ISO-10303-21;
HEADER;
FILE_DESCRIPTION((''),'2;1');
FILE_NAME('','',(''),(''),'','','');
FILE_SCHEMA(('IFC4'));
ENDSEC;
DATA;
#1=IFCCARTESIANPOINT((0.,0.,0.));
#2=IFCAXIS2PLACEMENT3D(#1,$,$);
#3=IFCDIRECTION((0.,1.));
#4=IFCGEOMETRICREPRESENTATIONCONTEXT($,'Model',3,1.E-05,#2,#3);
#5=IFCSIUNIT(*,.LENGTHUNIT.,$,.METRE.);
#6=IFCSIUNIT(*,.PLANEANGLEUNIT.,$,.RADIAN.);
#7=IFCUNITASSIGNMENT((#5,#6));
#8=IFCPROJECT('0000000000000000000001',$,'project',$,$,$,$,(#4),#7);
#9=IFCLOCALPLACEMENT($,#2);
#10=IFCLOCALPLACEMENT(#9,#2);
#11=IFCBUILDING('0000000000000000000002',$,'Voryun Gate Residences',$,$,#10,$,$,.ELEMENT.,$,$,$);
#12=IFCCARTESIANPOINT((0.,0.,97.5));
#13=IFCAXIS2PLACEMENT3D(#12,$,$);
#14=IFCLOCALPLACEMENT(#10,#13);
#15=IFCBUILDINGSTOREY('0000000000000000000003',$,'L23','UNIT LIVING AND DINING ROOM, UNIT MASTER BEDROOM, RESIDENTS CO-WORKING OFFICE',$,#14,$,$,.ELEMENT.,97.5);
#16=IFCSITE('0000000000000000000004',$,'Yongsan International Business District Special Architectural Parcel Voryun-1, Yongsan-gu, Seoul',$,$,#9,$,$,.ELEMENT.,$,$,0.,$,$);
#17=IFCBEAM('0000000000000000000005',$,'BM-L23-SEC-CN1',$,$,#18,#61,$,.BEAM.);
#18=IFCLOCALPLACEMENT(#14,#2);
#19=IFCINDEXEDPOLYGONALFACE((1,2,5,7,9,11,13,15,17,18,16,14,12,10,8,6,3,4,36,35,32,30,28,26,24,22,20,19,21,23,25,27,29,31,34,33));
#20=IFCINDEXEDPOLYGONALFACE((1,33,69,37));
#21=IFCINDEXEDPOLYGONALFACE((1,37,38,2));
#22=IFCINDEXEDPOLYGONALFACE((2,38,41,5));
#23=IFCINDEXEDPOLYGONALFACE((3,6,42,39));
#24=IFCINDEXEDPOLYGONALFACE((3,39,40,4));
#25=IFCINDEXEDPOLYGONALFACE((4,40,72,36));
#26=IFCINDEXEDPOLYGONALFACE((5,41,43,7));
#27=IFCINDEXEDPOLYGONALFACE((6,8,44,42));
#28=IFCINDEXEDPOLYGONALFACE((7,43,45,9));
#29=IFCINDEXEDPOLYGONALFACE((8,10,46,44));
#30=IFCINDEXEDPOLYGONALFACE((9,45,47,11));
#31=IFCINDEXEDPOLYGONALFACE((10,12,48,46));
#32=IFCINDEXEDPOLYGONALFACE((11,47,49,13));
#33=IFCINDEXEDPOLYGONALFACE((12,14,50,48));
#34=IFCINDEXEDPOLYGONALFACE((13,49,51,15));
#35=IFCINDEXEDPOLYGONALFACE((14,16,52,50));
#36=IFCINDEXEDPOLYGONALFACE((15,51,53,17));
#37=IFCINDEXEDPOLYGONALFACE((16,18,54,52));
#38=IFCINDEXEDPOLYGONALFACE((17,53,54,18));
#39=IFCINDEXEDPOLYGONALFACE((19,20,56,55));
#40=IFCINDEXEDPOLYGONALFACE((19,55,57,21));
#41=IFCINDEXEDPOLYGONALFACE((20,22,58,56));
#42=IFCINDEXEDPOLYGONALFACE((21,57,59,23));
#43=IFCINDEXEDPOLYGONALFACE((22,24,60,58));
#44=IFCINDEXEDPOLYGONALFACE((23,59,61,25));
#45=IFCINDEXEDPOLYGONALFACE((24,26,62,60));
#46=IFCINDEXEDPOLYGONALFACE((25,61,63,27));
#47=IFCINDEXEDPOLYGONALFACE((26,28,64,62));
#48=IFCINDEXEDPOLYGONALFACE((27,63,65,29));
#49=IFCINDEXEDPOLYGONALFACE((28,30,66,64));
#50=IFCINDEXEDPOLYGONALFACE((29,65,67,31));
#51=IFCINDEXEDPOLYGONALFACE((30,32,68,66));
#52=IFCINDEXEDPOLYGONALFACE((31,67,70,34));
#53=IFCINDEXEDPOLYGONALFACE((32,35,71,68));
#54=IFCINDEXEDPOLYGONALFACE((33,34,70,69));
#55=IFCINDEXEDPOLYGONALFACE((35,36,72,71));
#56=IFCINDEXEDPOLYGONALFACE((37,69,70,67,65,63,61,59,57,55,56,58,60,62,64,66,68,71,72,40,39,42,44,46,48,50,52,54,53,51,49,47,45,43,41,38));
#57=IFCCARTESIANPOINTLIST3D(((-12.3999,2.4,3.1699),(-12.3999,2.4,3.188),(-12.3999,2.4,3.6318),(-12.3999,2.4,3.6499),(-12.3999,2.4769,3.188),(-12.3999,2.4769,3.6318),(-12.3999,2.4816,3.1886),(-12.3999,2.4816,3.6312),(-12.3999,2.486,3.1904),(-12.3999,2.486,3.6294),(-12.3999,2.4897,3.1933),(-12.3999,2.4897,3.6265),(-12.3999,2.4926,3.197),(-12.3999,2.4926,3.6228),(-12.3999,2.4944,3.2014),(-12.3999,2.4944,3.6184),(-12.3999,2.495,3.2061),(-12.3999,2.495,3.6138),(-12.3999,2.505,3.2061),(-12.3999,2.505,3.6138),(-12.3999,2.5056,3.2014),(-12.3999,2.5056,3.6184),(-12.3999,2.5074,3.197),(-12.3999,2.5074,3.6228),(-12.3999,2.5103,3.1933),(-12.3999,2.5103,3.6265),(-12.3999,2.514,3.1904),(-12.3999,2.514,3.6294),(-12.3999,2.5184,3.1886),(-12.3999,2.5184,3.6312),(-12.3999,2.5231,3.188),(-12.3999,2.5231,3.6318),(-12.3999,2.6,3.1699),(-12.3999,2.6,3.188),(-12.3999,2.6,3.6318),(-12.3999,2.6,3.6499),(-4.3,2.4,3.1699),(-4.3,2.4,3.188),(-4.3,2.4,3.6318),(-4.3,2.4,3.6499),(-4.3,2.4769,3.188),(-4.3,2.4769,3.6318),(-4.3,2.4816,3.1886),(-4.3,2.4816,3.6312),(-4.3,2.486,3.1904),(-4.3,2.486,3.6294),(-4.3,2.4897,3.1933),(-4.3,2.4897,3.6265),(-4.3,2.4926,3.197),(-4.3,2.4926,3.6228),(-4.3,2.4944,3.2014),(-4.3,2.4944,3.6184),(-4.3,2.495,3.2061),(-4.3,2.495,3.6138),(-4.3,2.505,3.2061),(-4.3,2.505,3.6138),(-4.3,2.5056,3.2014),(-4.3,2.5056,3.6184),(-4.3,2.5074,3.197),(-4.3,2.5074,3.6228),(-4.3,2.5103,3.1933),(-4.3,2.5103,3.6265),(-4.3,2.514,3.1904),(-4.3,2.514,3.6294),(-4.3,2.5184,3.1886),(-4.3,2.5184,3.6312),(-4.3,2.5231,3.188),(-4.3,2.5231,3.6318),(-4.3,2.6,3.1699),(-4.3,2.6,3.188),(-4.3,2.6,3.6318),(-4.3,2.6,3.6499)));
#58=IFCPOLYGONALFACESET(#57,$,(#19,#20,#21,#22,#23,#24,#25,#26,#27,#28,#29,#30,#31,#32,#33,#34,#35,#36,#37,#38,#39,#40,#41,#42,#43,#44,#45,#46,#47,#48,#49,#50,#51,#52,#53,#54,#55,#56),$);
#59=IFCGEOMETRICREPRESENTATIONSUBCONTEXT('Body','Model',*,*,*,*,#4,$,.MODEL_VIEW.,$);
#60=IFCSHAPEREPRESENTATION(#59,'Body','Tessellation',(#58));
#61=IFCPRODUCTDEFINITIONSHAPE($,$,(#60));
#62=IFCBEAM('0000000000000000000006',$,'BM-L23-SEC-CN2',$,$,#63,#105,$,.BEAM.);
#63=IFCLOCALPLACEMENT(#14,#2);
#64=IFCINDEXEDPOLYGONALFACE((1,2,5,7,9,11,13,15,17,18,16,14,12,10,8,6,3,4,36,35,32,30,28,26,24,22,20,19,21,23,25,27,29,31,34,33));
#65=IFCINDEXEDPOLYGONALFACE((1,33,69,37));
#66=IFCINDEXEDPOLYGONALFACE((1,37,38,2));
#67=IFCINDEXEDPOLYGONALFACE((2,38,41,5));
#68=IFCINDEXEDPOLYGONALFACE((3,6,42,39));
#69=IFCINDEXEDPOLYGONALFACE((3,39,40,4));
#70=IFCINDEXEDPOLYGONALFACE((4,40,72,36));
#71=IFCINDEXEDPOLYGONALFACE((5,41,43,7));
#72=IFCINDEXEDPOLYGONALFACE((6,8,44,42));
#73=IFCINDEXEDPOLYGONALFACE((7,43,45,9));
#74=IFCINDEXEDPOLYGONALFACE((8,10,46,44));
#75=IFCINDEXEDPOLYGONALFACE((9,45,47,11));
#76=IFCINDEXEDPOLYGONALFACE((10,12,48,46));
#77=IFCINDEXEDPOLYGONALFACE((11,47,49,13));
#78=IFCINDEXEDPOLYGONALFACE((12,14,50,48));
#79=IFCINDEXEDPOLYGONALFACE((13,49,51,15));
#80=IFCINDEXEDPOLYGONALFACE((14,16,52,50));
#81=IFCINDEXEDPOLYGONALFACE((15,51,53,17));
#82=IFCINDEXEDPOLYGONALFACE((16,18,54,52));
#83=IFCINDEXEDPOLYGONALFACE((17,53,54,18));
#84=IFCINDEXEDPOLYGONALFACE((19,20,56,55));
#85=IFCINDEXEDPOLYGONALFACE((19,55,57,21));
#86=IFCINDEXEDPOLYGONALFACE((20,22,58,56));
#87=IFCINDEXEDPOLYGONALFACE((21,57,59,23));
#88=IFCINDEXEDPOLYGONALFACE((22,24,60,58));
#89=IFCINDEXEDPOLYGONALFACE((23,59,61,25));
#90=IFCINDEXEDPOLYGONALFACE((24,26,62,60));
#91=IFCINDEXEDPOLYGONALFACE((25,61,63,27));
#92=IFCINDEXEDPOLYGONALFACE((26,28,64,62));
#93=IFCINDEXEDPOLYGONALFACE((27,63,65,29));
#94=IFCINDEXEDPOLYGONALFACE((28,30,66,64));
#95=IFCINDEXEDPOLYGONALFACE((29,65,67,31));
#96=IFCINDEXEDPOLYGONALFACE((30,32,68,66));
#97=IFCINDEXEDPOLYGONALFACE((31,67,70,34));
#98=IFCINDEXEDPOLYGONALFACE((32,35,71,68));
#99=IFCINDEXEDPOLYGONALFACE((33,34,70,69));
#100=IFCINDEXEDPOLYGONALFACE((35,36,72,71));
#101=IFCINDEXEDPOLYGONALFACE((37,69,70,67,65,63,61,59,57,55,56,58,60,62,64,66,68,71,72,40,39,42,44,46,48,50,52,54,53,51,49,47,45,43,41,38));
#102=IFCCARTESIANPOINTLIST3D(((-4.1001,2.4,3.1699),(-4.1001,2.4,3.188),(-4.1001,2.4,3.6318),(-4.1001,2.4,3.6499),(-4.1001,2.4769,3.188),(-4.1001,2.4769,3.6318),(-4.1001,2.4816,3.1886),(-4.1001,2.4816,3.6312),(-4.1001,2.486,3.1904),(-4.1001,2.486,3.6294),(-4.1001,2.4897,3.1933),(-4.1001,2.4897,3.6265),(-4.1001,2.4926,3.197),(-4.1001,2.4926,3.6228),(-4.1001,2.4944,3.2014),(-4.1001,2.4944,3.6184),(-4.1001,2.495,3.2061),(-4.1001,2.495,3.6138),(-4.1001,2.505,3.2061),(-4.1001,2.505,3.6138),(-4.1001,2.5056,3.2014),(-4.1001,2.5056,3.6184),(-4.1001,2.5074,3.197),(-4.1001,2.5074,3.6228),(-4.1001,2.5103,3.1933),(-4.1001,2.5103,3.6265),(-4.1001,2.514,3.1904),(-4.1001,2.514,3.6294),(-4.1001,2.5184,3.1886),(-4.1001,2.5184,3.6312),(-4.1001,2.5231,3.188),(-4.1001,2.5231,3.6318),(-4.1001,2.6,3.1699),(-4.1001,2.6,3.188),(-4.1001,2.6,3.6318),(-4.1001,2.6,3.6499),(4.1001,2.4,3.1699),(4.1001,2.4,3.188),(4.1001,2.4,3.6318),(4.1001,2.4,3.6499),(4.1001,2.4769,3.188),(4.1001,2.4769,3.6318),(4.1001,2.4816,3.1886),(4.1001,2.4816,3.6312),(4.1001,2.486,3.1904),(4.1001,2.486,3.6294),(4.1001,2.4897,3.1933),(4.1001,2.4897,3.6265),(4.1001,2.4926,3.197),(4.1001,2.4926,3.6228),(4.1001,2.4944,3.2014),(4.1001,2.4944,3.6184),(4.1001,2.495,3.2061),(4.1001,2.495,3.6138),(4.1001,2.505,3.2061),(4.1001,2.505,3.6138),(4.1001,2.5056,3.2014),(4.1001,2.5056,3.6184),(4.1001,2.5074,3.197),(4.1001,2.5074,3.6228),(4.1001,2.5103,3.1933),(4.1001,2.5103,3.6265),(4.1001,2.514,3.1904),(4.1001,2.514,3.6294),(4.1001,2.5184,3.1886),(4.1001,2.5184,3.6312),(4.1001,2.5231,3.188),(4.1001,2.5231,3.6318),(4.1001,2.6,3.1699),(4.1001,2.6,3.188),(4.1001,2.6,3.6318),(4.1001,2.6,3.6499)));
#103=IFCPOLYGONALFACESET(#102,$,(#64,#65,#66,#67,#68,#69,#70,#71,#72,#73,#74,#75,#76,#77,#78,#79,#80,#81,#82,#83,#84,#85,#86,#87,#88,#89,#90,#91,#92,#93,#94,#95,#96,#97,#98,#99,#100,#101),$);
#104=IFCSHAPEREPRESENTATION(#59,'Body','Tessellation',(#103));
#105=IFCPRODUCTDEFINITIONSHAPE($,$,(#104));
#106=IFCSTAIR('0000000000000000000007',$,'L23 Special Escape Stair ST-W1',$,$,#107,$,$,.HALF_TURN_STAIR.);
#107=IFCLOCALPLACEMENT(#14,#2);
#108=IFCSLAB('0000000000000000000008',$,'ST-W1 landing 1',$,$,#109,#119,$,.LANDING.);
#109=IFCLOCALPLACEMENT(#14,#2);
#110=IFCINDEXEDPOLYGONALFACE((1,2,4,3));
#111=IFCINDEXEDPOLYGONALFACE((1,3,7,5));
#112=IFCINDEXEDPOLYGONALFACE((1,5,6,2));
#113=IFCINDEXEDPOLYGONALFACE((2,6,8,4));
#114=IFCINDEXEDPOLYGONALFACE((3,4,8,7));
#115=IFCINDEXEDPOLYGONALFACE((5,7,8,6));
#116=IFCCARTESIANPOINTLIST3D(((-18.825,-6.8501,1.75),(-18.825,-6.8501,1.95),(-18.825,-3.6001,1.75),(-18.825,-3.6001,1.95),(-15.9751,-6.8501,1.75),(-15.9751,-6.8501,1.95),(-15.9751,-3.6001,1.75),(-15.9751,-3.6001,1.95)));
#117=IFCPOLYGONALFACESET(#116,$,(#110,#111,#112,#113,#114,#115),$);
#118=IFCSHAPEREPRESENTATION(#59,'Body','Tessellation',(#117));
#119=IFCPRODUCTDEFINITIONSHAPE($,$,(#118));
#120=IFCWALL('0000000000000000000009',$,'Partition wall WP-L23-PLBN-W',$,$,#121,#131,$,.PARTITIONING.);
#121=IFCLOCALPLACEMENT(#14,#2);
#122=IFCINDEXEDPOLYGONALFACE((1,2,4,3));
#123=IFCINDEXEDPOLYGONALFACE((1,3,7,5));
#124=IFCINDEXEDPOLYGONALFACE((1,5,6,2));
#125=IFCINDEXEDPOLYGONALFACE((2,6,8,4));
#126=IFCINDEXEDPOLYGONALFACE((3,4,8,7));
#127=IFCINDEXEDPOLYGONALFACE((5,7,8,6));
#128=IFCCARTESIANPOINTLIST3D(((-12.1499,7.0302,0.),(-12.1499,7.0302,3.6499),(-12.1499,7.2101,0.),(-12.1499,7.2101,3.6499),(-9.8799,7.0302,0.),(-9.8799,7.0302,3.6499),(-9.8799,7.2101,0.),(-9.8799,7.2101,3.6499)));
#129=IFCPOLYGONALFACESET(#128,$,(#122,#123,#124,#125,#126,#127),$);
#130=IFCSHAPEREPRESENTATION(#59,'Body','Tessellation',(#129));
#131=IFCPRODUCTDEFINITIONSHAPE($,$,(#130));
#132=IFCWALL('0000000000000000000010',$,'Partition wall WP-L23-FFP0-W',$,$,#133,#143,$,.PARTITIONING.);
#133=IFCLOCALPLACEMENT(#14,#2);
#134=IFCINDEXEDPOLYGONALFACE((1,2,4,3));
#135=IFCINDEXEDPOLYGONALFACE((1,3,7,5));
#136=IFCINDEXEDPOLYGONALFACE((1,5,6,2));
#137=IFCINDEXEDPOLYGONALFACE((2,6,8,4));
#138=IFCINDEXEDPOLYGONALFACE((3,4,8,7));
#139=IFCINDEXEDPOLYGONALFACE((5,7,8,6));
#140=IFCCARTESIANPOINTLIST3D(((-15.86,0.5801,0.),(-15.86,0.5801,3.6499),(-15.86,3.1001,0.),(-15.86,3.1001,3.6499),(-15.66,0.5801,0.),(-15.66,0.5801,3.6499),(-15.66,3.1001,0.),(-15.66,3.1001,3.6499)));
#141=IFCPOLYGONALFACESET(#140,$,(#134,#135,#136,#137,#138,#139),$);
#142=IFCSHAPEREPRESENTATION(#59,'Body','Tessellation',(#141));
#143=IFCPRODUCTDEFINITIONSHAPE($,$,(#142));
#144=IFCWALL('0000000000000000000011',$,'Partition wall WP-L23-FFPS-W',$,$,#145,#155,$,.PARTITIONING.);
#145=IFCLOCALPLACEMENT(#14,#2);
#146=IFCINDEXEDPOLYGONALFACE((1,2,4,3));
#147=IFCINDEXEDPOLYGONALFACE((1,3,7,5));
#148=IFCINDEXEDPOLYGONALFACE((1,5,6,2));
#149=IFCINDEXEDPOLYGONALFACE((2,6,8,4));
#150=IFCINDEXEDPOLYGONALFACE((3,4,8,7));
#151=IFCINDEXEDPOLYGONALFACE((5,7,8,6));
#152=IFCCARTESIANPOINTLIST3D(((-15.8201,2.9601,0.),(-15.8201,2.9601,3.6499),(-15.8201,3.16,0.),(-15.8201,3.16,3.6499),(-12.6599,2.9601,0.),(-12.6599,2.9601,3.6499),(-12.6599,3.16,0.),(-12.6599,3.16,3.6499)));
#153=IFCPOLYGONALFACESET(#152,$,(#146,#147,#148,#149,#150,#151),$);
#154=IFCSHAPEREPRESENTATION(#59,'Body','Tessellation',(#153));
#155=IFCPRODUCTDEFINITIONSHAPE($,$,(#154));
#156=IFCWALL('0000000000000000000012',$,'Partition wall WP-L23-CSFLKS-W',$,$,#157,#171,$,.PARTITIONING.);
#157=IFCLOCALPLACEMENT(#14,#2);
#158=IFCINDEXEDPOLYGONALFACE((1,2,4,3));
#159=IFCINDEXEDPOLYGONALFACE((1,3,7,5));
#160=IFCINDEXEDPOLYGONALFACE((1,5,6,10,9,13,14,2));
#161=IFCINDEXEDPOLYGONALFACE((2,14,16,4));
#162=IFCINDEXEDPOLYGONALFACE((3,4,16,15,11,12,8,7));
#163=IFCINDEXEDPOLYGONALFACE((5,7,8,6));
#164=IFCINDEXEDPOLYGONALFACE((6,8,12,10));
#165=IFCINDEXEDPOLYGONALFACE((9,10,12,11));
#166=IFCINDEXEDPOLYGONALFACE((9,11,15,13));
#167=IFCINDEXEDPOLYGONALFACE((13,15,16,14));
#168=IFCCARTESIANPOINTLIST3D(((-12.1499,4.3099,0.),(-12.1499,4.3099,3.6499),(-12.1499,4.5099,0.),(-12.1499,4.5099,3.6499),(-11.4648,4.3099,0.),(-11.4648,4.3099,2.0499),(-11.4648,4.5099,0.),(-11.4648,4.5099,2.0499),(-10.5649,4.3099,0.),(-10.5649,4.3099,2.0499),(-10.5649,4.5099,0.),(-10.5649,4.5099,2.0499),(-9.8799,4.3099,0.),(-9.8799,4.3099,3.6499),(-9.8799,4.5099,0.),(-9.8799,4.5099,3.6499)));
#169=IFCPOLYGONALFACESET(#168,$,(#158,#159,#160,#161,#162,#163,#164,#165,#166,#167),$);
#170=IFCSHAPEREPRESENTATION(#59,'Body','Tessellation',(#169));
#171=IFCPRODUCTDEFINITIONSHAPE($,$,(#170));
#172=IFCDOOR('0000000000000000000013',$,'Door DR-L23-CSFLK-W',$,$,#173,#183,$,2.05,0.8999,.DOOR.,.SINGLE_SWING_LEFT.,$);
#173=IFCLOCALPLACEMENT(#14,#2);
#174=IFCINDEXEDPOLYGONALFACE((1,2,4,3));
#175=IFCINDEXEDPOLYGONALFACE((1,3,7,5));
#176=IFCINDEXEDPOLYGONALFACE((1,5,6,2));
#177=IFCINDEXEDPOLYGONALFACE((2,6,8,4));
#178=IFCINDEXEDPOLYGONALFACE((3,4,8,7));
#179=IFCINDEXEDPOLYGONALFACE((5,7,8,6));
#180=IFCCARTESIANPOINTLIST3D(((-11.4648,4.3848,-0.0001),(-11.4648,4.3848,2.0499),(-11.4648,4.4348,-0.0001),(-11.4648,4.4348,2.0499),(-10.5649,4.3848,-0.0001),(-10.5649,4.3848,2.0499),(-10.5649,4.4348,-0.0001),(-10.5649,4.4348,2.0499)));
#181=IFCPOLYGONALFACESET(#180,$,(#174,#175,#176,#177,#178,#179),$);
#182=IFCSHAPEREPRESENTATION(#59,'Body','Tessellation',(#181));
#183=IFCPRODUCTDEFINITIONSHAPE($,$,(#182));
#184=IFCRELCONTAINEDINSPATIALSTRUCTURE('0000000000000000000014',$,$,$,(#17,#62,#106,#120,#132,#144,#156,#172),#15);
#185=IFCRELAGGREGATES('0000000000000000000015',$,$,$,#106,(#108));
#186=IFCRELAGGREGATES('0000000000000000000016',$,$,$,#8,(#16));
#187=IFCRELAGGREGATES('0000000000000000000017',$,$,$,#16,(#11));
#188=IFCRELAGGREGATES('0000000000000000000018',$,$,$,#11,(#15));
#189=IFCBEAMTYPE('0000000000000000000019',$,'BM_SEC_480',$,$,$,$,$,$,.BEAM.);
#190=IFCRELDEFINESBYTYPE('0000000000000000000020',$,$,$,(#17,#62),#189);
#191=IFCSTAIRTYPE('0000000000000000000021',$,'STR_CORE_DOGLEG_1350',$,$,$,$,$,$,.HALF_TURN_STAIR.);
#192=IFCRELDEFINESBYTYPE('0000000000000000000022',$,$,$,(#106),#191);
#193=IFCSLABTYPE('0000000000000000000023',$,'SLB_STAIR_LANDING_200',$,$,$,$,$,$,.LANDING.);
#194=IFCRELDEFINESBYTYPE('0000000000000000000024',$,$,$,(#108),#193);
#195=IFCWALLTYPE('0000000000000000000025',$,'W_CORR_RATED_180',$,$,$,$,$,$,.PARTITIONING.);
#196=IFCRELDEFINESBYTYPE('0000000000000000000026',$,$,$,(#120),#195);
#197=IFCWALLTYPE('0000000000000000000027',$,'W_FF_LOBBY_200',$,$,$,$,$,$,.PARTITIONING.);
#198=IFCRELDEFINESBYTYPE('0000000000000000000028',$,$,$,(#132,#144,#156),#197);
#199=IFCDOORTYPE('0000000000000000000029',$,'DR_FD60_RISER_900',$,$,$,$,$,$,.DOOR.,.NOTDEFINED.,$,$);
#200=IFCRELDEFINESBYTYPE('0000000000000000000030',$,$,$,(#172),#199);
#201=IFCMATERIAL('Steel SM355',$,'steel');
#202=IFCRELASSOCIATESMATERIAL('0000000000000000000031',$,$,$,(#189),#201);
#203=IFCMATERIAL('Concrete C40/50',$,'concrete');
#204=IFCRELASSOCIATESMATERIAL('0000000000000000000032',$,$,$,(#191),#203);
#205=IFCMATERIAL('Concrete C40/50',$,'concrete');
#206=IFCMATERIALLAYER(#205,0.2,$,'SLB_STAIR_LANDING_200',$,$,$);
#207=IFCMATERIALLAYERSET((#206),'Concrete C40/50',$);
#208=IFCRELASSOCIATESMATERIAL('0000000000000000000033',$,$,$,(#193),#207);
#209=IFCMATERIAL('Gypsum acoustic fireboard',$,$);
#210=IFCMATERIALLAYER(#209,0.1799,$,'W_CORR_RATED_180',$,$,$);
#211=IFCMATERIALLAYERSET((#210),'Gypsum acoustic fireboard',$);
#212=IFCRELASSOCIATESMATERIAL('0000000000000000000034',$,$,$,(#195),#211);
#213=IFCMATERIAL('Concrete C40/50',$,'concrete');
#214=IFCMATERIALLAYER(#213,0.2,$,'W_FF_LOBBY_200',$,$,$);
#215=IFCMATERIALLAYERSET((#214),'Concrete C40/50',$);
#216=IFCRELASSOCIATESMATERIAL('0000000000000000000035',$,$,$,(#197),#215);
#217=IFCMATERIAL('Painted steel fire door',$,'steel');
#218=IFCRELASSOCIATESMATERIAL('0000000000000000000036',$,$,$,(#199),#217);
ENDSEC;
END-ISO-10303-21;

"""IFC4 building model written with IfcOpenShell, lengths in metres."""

from ifc_helpers import new_model, si_unit, direction, frame, frame_2d, origin, origin_2d, place, context, subcontext, project, spatial, polyline, rectangle, i_section, outline, extrude, material, layer, layer_set, material_profile, profile_set, type_object, element, fill, aggregate, save


model = new_model("IFC4")

# Units and contexts
model_context = context("Model", 3, precision=1e-05, world=origin(), true_north=direction((0.0, 1.0)))
body_context = subcontext(model_context, "Body", "Model", "MODEL_VIEW")
ifc_project = project(units=[si_unit("LENGTHUNIT", "METRE"), si_unit("PLANEANGLEUNIT", "RADIAN")], contexts=[model_context])

# Site, building, storey
site_placement = place(None, origin())
site = spatial("IfcSite", under=ifc_project, at=site_placement, Name="Yongsan International Business District Special Architectural Parcel Voryun-1, Yongsan-gu, Seoul", CompositionType="ELEMENT", RefElevation=0.0)
building_placement = place(site_placement, origin())
building = spatial("IfcBuilding", under=site, at=building_placement, Name="Voryun Gate Residences", CompositionType="ELEMENT")
storey_placement = place(building_placement, frame((0.0, 0.0, 97.5)))
storey = spatial("IfcBuildingStorey", under=building, at=storey_placement, Name="L23", Description="UNIT LIVING AND DINING ROOM, UNIT MASTER BEDROOM, RESIDENTS CO-WORKING OFFICE", CompositionType="ELEMENT", Elevation=97.5)

# Beams
ifc_material_1 = material(Name="Steel SM355", Category="steel")
ifc_material_profile_1 = material_profile(ifc_material_1, i_section(OverallWidth=0.2, OverallDepth=0.48, WebThickness=0.01, FlangeThickness=0.0181, FilletRadius=0.0181, at=origin_2d()), Name="H-480x200x10x18")
ifc_profile_set_1 = profile_set([ifc_material_profile_1], Name="Steel SM355")
beam_type_1 = type_object("IfcBeamType", Name="BM_SEC_480", PredefinedType="BEAM", material=ifc_profile_set_1)
beam_1_placement = place(storey_placement, frame((-12.3999, 2.5, 3.4099), z_axis=(1.0, 0.0, 0.0), x_axis=(0.0, 1.0, 0.0)))
element("IfcBeam", 1, at=beam_1_placement, inside=storey, type_object=beam_type_1, Name="BM-L23-SEC-CN1", PredefinedType="BEAM", context=body_context, shape_type="SweptSolid", body=[
    extrude(i_section(OverallWidth=0.2, OverallDepth=0.48, WebThickness=0.01, FlangeThickness=0.0181, FilletRadius=0.0181, at=origin_2d()), origin(), (0.0, 0.0, 1.0), 8.0999),
])
beam_2_placement = place(storey_placement, frame((-4.1001, 2.5, 3.4099), z_axis=(1.0, 0.0, 0.0), x_axis=(0.0, 1.0, 0.0)))
element("IfcBeam", 2, at=beam_2_placement, inside=storey, type_object=beam_type_1, Name="BM-L23-SEC-CN2", PredefinedType="BEAM", context=body_context, shape_type="SweptSolid", body=[
    extrude(i_section(OverallWidth=0.2, OverallDepth=0.48, WebThickness=0.01, FlangeThickness=0.0181, FilletRadius=0.0181, at=origin_2d()), origin(), (0.0, 0.0, 1.0), 8.2002),
])

# Stair, slab
ifc_material_2 = material(Name="Concrete C40/50", Category="concrete")
stair_type = type_object("IfcStairType", Name="STR_CORE_DOGLEG_1350", PredefinedType="HALF_TURN_STAIR", material=ifc_material_2)
stair_placement = place(storey_placement, origin())
stair = element("IfcStair", 3, at=stair_placement, inside=storey, type_object=stair_type, Name="L23 Special Escape Stair ST-W1", PredefinedType="HALF_TURN_STAIR")
ifc_material_3 = material(Name="Concrete C40/50", Category="concrete")
ifc_layer_1 = layer(ifc_material_3, 0.2, Name="SLB_STAIR_LANDING_200")
ifc_layer_set_1 = layer_set([ifc_layer_1], Name="Concrete C40/50")
slab_type = type_object("IfcSlabType", Name="SLB_STAIR_LANDING_200", PredefinedType="LANDING", material=ifc_layer_set_1)
slab_placement = place(storey_placement, frame((0.0, 0.0, 1.75)))
slab = element("IfcSlab", 4, at=slab_placement, type_object=slab_type, Name="ST-W1 landing 1", PredefinedType="LANDING", context=body_context, shape_type="SweptSolid", body=[
    extrude(outline(polyline([(-18.825, -3.6001), (-18.825, -6.8501), (-15.9751, -6.8501), (-15.9751, -3.6001), (-18.825, -3.6001)])), origin(), (0.0, 0.0, 1.0), 0.2),
])
aggregate(stair, [slab])

# Walls
ifc_material_4 = material(Name="Gypsum acoustic fireboard")
ifc_layer_2 = layer(ifc_material_4, 0.1799, Name="W_CORR_RATED_180")
ifc_layer_set_2 = layer_set([ifc_layer_2], Name="Gypsum acoustic fireboard")
wall_type_1 = type_object("IfcWallType", Name="W_CORR_RATED_180", PredefinedType="PARTITIONING", material=ifc_layer_set_2)
wall_1_placement = place(storey_placement, frame((-12.1499, 7.1201, 0.0), z_axis=(0.0, 0.0, 1.0), x_axis=(1.0, 0.0, 0.0)))
element("IfcWall", 5, at=wall_1_placement, inside=storey, type_object=wall_type_1, Name="Partition wall WP-L23-PLBN-W", PredefinedType="PARTITIONING", context=body_context, shape_type="SweptSolid", body=[
    extrude(rectangle(XDim=2.27, YDim=0.1799, at=frame_2d((1.135, 0.0))), origin(), (0.0, 0.0, 1.0), 3.6499),
])
ifc_material_5 = material(Name="Concrete C40/50", Category="concrete")
ifc_layer_3 = layer(ifc_material_5, 0.2, Name="W_FF_LOBBY_200")
ifc_layer_set_3 = layer_set([ifc_layer_3], Name="Concrete C40/50")
wall_type_2 = type_object("IfcWallType", Name="W_FF_LOBBY_200", PredefinedType="PARTITIONING", material=ifc_layer_set_3)
wall_2_placement = place(storey_placement, frame((-15.76, 0.5801, 0.0), z_axis=(0.0, 0.0, 1.0), x_axis=(0.0, 1.0, 0.0)))
element("IfcWall", 6, at=wall_2_placement, inside=storey, type_object=wall_type_2, Name="Partition wall WP-L23-FFP0-W", PredefinedType="PARTITIONING", context=body_context, shape_type="SweptSolid", body=[
    extrude(rectangle(XDim=2.52, YDim=0.2, at=frame_2d((1.26, 0.0))), origin(), (0.0, 0.0, 1.0), 3.6499),
])
wall_3_placement = place(storey_placement, frame((-15.8201, 3.0601, 0.0), z_axis=(0.0, 0.0, 1.0), x_axis=(1.0, 0.0, 0.0)))
element("IfcWall", 7, at=wall_3_placement, inside=storey, type_object=wall_type_2, Name="Partition wall WP-L23-FFPS-W", PredefinedType="PARTITIONING", context=body_context, shape_type="SweptSolid", body=[
    extrude(rectangle(XDim=3.1602, YDim=0.2, at=frame_2d((1.5801, 0.0))), origin(), (0.0, 0.0, 1.0), 3.6499),
])

# Wall, opening, door
wall_4_placement = place(storey_placement, frame((-12.1499, 4.4099, 0.0), z_axis=(0.0, 0.0, 1.0), x_axis=(1.0, 0.0, 0.0)))
wall_4 = element("IfcWall", 8, at=wall_4_placement, inside=storey, type_object=wall_type_2, Name="Partition wall WP-L23-CSFLKS-W", PredefinedType="PARTITIONING", context=body_context, shape_type="SweptSolid", body=[
    extrude(rectangle(XDim=2.27, YDim=0.2, at=frame_2d((1.135, 0.0))), origin(), (0.0, 0.0, 1.0), 3.6499),
])
opening_placement = place(wall_4_placement, frame((0.6851, 0.0, 0.0)))
opening = element("IfcOpeningElement", 9, at=opening_placement, cuts=wall_4, PredefinedType="OPENING", context=body_context, shape_type="SweptSolid", body=[
    extrude(rectangle(XDim=0.8999, YDim=2.05, at=frame_2d((0.45, 1.0249))), frame((0.0, 0.1101, 0.0), z_axis=(0.0, -1.0, 0.0), x_axis=(1.0, 0.0, 0.0)), (0.0, 0.0, 1.0), 0.22),
])
ifc_material_6 = material(Name="Painted steel fire door", Category="steel")
door_type = type_object("IfcDoorType", Name="DR_FD60_RISER_900", OperationType="NOTDEFINED", PredefinedType="DOOR", material=ifc_material_6)
door_placement = place(opening_placement, origin())
door = element("IfcDoor", 10, at=door_placement, inside=storey, type_object=door_type, Name="Door DR-L23-CSFLK-W", OperationType="SINGLE_SWING_LEFT", OverallHeight=2.05, OverallWidth=0.8999, PredefinedType="DOOR", context=body_context, shape_type="SweptSolid", body=[
    extrude(rectangle(XDim=0.8999, YDim=2.05, at=frame_2d((0.45, 1.0249))), frame((0.0, 0.0249, 0.0), z_axis=(0.0, -1.0, 0.0), x_axis=(1.0, 0.0, 0.0)), (0.0, 0.0, 1.0), 0.05),
])
fill(opening, door)

save(model, "model.ifc")
